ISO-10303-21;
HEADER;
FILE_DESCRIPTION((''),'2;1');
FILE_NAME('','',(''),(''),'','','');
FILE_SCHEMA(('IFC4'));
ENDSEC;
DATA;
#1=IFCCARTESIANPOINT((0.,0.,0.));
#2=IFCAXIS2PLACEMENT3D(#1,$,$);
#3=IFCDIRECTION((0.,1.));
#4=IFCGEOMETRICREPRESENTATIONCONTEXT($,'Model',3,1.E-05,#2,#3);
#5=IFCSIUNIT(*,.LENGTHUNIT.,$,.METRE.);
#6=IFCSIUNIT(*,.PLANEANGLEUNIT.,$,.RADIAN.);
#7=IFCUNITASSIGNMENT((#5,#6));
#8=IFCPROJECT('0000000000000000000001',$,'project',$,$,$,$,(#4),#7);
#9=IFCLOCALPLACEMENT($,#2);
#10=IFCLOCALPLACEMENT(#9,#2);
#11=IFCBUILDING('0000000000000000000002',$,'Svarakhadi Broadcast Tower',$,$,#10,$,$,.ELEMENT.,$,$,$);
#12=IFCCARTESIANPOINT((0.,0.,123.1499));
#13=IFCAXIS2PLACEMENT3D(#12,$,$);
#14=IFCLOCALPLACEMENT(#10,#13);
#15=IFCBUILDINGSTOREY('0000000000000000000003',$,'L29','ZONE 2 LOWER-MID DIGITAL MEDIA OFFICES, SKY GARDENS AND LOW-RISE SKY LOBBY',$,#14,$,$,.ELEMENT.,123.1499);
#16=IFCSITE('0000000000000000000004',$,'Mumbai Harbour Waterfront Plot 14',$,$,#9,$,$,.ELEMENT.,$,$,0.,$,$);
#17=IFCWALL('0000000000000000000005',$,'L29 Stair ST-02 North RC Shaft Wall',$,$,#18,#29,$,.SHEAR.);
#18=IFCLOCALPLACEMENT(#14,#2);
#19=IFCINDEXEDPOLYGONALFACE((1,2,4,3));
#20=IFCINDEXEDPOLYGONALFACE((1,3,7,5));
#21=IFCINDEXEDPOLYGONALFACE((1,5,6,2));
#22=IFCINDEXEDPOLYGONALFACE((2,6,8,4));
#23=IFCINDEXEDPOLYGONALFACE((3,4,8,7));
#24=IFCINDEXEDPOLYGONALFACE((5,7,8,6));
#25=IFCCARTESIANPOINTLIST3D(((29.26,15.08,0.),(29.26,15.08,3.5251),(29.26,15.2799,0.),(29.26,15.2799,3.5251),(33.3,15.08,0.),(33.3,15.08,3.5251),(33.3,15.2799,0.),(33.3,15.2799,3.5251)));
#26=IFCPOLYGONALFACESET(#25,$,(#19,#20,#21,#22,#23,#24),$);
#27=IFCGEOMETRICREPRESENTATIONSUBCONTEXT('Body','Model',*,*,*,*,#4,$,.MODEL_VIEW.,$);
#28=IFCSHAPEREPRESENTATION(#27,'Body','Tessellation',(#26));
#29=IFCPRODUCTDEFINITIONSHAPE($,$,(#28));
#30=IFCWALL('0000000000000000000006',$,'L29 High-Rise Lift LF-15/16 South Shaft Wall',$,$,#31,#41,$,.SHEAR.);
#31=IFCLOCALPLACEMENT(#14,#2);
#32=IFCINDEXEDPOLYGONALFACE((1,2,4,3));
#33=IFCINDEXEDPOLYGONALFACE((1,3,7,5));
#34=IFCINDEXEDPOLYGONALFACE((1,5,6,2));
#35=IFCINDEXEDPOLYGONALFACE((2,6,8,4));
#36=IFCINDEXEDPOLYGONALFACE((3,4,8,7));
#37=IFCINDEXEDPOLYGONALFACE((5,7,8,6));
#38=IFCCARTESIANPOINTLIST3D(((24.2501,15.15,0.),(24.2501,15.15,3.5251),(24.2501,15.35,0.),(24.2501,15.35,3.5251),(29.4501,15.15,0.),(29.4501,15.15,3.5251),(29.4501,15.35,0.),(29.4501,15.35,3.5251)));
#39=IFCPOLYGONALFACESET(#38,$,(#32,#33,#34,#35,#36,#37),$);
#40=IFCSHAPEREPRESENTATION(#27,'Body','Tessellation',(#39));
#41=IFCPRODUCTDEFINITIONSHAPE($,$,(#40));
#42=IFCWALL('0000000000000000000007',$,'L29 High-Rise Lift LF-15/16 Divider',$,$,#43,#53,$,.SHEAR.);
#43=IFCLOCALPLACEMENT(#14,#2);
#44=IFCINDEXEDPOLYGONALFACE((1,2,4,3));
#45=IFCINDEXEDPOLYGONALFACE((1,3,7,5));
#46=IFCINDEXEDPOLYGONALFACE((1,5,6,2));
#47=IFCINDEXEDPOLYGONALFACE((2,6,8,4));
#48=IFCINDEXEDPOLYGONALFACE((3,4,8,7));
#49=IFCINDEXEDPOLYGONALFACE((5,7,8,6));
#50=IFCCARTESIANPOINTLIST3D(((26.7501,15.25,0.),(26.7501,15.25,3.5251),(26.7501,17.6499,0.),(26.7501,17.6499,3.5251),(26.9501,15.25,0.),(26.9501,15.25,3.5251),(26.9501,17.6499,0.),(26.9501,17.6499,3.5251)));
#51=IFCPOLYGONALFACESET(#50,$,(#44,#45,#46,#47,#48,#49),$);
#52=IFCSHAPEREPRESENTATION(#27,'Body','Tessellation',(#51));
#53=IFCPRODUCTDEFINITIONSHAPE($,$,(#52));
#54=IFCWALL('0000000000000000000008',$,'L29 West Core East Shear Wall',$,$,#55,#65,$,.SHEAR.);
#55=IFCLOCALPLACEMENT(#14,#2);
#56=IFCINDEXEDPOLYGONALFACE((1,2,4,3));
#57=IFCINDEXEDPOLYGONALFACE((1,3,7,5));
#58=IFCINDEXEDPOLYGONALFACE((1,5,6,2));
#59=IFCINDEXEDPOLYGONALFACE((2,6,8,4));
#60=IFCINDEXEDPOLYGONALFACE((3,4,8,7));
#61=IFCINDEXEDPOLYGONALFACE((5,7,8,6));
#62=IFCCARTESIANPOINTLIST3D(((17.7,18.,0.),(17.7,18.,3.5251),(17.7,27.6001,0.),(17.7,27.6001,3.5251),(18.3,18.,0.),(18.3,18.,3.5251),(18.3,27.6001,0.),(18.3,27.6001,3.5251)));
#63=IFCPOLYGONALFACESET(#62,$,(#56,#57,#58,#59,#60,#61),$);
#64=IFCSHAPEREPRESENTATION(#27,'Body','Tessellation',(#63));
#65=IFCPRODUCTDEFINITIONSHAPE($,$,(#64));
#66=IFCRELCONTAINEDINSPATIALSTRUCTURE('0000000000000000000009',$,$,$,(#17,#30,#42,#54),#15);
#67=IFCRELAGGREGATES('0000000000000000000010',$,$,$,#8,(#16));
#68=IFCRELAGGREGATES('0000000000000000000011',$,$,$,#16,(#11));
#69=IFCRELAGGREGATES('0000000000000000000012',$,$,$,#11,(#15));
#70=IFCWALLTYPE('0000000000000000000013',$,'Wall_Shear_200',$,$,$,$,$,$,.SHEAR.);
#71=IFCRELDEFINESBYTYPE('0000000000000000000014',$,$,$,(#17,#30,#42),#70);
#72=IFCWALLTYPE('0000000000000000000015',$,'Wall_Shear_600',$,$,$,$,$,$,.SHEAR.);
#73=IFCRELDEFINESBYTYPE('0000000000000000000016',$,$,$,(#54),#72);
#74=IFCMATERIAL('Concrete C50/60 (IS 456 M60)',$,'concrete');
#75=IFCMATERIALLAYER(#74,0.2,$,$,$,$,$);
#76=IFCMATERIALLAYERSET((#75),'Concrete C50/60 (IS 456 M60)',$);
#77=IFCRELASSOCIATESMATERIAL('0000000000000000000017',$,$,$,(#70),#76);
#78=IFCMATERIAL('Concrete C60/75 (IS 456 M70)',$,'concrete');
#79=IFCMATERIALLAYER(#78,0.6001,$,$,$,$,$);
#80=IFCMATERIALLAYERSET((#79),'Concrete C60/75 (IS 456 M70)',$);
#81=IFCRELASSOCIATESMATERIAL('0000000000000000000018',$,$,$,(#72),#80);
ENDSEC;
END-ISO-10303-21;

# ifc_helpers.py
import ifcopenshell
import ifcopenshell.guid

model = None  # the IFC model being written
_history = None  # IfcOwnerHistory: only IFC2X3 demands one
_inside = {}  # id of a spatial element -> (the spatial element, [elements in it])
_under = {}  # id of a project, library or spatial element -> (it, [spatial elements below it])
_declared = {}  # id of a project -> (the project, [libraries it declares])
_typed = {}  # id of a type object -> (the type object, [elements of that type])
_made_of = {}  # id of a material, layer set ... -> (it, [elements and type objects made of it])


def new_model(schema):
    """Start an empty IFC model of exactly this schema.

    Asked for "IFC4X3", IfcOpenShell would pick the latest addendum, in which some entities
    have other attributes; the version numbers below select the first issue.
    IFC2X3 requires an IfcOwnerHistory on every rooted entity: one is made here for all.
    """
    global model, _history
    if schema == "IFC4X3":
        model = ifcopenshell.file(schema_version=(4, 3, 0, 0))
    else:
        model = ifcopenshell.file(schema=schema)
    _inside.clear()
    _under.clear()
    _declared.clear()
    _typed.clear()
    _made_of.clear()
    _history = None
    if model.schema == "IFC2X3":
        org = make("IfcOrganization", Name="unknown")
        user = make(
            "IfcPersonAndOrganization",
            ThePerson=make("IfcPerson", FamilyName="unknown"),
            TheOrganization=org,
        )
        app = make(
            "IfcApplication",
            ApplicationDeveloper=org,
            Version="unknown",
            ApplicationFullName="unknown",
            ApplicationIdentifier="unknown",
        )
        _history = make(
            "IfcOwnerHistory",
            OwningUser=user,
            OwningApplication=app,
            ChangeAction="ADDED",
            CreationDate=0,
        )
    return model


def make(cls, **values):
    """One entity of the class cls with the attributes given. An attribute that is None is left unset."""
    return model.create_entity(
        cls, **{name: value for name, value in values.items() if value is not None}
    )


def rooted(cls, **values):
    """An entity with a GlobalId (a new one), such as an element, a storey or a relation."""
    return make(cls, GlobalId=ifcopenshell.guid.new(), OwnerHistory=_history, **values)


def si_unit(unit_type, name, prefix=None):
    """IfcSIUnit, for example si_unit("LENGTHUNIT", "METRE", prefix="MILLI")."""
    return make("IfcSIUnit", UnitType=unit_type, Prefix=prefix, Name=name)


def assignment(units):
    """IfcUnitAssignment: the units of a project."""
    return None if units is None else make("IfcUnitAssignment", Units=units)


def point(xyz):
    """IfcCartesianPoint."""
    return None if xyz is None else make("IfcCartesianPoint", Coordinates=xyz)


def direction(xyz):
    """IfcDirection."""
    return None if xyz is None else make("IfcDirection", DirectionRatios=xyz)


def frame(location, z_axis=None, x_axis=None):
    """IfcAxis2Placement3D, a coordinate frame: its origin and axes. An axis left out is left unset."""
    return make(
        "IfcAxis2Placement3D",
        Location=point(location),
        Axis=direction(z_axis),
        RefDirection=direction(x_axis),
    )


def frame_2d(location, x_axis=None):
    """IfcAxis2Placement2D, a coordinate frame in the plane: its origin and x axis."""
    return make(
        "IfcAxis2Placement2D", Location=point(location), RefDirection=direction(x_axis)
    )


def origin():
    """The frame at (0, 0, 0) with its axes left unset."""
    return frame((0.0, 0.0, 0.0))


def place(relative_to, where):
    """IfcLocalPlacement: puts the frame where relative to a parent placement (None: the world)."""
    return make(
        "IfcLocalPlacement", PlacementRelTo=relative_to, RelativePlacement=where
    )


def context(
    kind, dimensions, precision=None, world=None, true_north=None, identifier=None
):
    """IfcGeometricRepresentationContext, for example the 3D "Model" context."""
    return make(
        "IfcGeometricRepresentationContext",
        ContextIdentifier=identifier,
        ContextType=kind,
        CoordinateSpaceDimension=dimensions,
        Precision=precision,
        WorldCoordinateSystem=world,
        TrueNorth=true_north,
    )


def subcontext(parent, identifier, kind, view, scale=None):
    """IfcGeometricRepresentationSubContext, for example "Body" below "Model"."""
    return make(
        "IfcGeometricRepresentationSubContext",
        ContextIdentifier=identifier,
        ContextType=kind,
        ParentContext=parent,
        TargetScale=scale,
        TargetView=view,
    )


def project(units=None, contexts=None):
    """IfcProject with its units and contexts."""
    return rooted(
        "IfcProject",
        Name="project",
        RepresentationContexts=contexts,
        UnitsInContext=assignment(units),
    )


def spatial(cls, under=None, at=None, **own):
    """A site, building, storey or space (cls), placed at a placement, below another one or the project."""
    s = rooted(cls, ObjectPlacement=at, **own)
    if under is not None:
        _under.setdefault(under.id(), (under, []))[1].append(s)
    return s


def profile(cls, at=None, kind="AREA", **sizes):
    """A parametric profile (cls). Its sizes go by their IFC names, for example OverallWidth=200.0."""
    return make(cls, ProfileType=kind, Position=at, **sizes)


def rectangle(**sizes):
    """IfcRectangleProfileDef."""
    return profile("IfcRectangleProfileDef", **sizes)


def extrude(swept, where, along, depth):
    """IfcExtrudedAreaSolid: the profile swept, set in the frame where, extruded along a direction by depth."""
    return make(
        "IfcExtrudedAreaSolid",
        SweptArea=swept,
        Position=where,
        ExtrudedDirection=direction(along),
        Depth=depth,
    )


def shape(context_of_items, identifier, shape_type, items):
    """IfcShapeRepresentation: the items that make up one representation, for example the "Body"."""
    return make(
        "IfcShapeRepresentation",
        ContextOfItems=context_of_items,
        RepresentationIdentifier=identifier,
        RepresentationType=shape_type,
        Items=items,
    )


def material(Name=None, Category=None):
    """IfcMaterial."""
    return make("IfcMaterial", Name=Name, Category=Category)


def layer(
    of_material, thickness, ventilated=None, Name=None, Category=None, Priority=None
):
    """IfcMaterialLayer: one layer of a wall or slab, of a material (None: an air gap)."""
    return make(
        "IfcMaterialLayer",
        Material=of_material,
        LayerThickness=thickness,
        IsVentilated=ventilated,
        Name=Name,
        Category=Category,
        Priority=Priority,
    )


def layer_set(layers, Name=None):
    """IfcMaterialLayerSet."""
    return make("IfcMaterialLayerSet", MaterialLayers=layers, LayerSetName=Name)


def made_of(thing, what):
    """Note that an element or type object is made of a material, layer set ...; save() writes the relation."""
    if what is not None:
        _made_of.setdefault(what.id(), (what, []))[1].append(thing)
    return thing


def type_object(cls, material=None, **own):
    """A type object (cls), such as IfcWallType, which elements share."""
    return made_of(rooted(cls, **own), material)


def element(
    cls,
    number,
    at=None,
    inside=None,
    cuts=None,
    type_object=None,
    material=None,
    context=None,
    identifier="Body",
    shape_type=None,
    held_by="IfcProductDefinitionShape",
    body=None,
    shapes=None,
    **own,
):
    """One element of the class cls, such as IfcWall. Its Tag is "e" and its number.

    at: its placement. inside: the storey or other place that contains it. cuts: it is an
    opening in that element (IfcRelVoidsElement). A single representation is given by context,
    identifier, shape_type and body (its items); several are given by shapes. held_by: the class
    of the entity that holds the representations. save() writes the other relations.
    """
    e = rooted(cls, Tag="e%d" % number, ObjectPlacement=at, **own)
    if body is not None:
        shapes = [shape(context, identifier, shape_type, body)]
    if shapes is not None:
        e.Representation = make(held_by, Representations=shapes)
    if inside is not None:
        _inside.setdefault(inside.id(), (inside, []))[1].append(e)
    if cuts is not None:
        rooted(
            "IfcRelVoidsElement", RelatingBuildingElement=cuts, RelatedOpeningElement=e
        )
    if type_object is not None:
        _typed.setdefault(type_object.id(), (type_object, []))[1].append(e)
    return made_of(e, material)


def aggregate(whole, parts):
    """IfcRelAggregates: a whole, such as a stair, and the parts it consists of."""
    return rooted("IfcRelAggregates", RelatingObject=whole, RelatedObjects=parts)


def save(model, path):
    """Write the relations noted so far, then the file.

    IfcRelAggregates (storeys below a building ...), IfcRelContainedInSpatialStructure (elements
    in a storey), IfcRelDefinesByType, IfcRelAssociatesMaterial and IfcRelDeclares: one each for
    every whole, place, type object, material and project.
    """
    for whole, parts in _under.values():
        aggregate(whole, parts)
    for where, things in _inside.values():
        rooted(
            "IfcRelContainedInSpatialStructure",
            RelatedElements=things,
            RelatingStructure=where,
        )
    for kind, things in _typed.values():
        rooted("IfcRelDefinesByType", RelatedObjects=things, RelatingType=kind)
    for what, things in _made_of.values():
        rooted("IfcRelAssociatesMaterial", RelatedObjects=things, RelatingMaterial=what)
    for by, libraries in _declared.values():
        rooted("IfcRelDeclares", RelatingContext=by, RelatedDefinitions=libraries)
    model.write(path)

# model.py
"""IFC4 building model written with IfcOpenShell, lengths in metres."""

from ifc_helpers import new_model, si_unit, direction, frame, frame_2d, origin, place, context, subcontext, project, spatial, rectangle, extrude, material, layer, layer_set, type_object, element, save


model = new_model("IFC4")

# Units and contexts
model_context = context("Model", 3, precision=1e-05, world=origin(), true_north=direction((0.0, 1.0)))
body_context = subcontext(model_context, "Body", "Model", "MODEL_VIEW")
ifc_project = project(units=[si_unit("LENGTHUNIT", "METRE"), si_unit("PLANEANGLEUNIT", "RADIAN")], contexts=[model_context])

# Site, building, storey
site_placement = place(None, origin())
site = spatial("IfcSite", under=ifc_project, at=site_placement, Name="Mumbai Harbour Waterfront Plot 14", CompositionType="ELEMENT", RefElevation=0.0)
building_placement = place(site_placement, origin())
building = spatial("IfcBuilding", under=site, at=building_placement, Name="Svarakhadi Broadcast Tower", CompositionType="ELEMENT")
storey_placement = place(building_placement, frame((0.0, 0.0, 123.1499)))
storey = spatial("IfcBuildingStorey", under=building, at=storey_placement, Name="L29", Description="ZONE 2 LOWER-MID DIGITAL MEDIA OFFICES, SKY GARDENS AND LOW-RISE SKY LOBBY", CompositionType="ELEMENT", Elevation=123.1499)

# Shared definitions
ifc_material_1 = material(Name="Concrete C50/60 (IS 456 M60)", Category="concrete")

# Wall
ifc_layer_1 = layer(ifc_material_1, 0.2)
ifc_layer_set_1 = layer_set([ifc_layer_1], Name="Concrete C50/60 (IS 456 M60)")
wall_type_1 = type_object("IfcWallType", Name="Wall_Shear_200", PredefinedType="SHEAR", material=ifc_layer_set_1)
wall_1_placement = place(storey_placement, frame((29.26, 15.1799, 0.0), z_axis=(0.0, 0.0, 1.0), x_axis=(1.0, 0.0, 0.0)))
element("IfcWall", 1, at=wall_1_placement, inside=storey, type_object=wall_type_1, Name="L29 Stair ST-02 North RC Shaft Wall", PredefinedType="SHEAR", context=body_context, shape_type="SweptSolid", body=[
    extrude(rectangle(XDim=4.04, YDim=0.2, at=frame_2d((2.02, 0.0))), origin(), (0.0, 0.0, 1.0), 3.5251),
])

# Walls
wall_2_placement = place(storey_placement, frame((24.25, 15.25, 0.0), z_axis=(0.0, 0.0, 1.0), x_axis=(1.0, 0.0, 0.0)))
element("IfcWall", 2, at=wall_2_placement, inside=storey, type_object=wall_type_1, Name="L29 High-Rise Lift LF-15/16 South Shaft Wall", PredefinedType="SHEAR", context=body_context, shape_type="SweptSolid", body=[
    extrude(rectangle(XDim=5.2, YDim=0.2, at=frame_2d((2.6001, 0.0))), origin(), (0.0, 0.0, 1.0), 3.5251),
])
wall_3_placement = place(storey_placement, frame((26.8501, 15.25, 0.0), z_axis=(0.0, 0.0, 1.0), x_axis=(0.0, 1.0, 0.0)))
element("IfcWall", 3, at=wall_3_placement, inside=storey, type_object=wall_type_1, Name="L29 High-Rise Lift LF-15/16 Divider", PredefinedType="SHEAR", context=body_context, shape_type="SweptSolid", body=[
    extrude(rectangle(XDim=2.3999, YDim=0.2, at=frame_2d((1.2, 0.0))), origin(), (0.0, 0.0, 1.0), 3.5251),
])
ifc_material_2 = material(Name="Concrete C60/75 (IS 456 M70)", Category="concrete")
ifc_layer_2 = layer(ifc_material_2, 0.6001)
ifc_layer_set_2 = layer_set([ifc_layer_2], Name="Concrete C60/75 (IS 456 M70)")
wall_type_2 = type_object("IfcWallType", Name="Wall_Shear_600", PredefinedType="SHEAR", material=ifc_layer_set_2)
wall_4_placement = place(storey_placement, frame((18.0, 18.0, 0.0), z_axis=(0.0, 0.0, 1.0), x_axis=(0.0, 1.0, 0.0)))
element("IfcWall", 4, at=wall_4_placement, inside=storey, type_object=wall_type_2, Name="L29 West Core East Shear Wall", PredefinedType="SHEAR", context=body_context, shape_type="SweptSolid", body=[
    extrude(rectangle(XDim=9.6001, YDim=0.6001, at=frame_2d((4.8, 0.0))), origin(), (0.0, 0.0, 1.0), 3.5251),
])

save(model, "model.ifc")
